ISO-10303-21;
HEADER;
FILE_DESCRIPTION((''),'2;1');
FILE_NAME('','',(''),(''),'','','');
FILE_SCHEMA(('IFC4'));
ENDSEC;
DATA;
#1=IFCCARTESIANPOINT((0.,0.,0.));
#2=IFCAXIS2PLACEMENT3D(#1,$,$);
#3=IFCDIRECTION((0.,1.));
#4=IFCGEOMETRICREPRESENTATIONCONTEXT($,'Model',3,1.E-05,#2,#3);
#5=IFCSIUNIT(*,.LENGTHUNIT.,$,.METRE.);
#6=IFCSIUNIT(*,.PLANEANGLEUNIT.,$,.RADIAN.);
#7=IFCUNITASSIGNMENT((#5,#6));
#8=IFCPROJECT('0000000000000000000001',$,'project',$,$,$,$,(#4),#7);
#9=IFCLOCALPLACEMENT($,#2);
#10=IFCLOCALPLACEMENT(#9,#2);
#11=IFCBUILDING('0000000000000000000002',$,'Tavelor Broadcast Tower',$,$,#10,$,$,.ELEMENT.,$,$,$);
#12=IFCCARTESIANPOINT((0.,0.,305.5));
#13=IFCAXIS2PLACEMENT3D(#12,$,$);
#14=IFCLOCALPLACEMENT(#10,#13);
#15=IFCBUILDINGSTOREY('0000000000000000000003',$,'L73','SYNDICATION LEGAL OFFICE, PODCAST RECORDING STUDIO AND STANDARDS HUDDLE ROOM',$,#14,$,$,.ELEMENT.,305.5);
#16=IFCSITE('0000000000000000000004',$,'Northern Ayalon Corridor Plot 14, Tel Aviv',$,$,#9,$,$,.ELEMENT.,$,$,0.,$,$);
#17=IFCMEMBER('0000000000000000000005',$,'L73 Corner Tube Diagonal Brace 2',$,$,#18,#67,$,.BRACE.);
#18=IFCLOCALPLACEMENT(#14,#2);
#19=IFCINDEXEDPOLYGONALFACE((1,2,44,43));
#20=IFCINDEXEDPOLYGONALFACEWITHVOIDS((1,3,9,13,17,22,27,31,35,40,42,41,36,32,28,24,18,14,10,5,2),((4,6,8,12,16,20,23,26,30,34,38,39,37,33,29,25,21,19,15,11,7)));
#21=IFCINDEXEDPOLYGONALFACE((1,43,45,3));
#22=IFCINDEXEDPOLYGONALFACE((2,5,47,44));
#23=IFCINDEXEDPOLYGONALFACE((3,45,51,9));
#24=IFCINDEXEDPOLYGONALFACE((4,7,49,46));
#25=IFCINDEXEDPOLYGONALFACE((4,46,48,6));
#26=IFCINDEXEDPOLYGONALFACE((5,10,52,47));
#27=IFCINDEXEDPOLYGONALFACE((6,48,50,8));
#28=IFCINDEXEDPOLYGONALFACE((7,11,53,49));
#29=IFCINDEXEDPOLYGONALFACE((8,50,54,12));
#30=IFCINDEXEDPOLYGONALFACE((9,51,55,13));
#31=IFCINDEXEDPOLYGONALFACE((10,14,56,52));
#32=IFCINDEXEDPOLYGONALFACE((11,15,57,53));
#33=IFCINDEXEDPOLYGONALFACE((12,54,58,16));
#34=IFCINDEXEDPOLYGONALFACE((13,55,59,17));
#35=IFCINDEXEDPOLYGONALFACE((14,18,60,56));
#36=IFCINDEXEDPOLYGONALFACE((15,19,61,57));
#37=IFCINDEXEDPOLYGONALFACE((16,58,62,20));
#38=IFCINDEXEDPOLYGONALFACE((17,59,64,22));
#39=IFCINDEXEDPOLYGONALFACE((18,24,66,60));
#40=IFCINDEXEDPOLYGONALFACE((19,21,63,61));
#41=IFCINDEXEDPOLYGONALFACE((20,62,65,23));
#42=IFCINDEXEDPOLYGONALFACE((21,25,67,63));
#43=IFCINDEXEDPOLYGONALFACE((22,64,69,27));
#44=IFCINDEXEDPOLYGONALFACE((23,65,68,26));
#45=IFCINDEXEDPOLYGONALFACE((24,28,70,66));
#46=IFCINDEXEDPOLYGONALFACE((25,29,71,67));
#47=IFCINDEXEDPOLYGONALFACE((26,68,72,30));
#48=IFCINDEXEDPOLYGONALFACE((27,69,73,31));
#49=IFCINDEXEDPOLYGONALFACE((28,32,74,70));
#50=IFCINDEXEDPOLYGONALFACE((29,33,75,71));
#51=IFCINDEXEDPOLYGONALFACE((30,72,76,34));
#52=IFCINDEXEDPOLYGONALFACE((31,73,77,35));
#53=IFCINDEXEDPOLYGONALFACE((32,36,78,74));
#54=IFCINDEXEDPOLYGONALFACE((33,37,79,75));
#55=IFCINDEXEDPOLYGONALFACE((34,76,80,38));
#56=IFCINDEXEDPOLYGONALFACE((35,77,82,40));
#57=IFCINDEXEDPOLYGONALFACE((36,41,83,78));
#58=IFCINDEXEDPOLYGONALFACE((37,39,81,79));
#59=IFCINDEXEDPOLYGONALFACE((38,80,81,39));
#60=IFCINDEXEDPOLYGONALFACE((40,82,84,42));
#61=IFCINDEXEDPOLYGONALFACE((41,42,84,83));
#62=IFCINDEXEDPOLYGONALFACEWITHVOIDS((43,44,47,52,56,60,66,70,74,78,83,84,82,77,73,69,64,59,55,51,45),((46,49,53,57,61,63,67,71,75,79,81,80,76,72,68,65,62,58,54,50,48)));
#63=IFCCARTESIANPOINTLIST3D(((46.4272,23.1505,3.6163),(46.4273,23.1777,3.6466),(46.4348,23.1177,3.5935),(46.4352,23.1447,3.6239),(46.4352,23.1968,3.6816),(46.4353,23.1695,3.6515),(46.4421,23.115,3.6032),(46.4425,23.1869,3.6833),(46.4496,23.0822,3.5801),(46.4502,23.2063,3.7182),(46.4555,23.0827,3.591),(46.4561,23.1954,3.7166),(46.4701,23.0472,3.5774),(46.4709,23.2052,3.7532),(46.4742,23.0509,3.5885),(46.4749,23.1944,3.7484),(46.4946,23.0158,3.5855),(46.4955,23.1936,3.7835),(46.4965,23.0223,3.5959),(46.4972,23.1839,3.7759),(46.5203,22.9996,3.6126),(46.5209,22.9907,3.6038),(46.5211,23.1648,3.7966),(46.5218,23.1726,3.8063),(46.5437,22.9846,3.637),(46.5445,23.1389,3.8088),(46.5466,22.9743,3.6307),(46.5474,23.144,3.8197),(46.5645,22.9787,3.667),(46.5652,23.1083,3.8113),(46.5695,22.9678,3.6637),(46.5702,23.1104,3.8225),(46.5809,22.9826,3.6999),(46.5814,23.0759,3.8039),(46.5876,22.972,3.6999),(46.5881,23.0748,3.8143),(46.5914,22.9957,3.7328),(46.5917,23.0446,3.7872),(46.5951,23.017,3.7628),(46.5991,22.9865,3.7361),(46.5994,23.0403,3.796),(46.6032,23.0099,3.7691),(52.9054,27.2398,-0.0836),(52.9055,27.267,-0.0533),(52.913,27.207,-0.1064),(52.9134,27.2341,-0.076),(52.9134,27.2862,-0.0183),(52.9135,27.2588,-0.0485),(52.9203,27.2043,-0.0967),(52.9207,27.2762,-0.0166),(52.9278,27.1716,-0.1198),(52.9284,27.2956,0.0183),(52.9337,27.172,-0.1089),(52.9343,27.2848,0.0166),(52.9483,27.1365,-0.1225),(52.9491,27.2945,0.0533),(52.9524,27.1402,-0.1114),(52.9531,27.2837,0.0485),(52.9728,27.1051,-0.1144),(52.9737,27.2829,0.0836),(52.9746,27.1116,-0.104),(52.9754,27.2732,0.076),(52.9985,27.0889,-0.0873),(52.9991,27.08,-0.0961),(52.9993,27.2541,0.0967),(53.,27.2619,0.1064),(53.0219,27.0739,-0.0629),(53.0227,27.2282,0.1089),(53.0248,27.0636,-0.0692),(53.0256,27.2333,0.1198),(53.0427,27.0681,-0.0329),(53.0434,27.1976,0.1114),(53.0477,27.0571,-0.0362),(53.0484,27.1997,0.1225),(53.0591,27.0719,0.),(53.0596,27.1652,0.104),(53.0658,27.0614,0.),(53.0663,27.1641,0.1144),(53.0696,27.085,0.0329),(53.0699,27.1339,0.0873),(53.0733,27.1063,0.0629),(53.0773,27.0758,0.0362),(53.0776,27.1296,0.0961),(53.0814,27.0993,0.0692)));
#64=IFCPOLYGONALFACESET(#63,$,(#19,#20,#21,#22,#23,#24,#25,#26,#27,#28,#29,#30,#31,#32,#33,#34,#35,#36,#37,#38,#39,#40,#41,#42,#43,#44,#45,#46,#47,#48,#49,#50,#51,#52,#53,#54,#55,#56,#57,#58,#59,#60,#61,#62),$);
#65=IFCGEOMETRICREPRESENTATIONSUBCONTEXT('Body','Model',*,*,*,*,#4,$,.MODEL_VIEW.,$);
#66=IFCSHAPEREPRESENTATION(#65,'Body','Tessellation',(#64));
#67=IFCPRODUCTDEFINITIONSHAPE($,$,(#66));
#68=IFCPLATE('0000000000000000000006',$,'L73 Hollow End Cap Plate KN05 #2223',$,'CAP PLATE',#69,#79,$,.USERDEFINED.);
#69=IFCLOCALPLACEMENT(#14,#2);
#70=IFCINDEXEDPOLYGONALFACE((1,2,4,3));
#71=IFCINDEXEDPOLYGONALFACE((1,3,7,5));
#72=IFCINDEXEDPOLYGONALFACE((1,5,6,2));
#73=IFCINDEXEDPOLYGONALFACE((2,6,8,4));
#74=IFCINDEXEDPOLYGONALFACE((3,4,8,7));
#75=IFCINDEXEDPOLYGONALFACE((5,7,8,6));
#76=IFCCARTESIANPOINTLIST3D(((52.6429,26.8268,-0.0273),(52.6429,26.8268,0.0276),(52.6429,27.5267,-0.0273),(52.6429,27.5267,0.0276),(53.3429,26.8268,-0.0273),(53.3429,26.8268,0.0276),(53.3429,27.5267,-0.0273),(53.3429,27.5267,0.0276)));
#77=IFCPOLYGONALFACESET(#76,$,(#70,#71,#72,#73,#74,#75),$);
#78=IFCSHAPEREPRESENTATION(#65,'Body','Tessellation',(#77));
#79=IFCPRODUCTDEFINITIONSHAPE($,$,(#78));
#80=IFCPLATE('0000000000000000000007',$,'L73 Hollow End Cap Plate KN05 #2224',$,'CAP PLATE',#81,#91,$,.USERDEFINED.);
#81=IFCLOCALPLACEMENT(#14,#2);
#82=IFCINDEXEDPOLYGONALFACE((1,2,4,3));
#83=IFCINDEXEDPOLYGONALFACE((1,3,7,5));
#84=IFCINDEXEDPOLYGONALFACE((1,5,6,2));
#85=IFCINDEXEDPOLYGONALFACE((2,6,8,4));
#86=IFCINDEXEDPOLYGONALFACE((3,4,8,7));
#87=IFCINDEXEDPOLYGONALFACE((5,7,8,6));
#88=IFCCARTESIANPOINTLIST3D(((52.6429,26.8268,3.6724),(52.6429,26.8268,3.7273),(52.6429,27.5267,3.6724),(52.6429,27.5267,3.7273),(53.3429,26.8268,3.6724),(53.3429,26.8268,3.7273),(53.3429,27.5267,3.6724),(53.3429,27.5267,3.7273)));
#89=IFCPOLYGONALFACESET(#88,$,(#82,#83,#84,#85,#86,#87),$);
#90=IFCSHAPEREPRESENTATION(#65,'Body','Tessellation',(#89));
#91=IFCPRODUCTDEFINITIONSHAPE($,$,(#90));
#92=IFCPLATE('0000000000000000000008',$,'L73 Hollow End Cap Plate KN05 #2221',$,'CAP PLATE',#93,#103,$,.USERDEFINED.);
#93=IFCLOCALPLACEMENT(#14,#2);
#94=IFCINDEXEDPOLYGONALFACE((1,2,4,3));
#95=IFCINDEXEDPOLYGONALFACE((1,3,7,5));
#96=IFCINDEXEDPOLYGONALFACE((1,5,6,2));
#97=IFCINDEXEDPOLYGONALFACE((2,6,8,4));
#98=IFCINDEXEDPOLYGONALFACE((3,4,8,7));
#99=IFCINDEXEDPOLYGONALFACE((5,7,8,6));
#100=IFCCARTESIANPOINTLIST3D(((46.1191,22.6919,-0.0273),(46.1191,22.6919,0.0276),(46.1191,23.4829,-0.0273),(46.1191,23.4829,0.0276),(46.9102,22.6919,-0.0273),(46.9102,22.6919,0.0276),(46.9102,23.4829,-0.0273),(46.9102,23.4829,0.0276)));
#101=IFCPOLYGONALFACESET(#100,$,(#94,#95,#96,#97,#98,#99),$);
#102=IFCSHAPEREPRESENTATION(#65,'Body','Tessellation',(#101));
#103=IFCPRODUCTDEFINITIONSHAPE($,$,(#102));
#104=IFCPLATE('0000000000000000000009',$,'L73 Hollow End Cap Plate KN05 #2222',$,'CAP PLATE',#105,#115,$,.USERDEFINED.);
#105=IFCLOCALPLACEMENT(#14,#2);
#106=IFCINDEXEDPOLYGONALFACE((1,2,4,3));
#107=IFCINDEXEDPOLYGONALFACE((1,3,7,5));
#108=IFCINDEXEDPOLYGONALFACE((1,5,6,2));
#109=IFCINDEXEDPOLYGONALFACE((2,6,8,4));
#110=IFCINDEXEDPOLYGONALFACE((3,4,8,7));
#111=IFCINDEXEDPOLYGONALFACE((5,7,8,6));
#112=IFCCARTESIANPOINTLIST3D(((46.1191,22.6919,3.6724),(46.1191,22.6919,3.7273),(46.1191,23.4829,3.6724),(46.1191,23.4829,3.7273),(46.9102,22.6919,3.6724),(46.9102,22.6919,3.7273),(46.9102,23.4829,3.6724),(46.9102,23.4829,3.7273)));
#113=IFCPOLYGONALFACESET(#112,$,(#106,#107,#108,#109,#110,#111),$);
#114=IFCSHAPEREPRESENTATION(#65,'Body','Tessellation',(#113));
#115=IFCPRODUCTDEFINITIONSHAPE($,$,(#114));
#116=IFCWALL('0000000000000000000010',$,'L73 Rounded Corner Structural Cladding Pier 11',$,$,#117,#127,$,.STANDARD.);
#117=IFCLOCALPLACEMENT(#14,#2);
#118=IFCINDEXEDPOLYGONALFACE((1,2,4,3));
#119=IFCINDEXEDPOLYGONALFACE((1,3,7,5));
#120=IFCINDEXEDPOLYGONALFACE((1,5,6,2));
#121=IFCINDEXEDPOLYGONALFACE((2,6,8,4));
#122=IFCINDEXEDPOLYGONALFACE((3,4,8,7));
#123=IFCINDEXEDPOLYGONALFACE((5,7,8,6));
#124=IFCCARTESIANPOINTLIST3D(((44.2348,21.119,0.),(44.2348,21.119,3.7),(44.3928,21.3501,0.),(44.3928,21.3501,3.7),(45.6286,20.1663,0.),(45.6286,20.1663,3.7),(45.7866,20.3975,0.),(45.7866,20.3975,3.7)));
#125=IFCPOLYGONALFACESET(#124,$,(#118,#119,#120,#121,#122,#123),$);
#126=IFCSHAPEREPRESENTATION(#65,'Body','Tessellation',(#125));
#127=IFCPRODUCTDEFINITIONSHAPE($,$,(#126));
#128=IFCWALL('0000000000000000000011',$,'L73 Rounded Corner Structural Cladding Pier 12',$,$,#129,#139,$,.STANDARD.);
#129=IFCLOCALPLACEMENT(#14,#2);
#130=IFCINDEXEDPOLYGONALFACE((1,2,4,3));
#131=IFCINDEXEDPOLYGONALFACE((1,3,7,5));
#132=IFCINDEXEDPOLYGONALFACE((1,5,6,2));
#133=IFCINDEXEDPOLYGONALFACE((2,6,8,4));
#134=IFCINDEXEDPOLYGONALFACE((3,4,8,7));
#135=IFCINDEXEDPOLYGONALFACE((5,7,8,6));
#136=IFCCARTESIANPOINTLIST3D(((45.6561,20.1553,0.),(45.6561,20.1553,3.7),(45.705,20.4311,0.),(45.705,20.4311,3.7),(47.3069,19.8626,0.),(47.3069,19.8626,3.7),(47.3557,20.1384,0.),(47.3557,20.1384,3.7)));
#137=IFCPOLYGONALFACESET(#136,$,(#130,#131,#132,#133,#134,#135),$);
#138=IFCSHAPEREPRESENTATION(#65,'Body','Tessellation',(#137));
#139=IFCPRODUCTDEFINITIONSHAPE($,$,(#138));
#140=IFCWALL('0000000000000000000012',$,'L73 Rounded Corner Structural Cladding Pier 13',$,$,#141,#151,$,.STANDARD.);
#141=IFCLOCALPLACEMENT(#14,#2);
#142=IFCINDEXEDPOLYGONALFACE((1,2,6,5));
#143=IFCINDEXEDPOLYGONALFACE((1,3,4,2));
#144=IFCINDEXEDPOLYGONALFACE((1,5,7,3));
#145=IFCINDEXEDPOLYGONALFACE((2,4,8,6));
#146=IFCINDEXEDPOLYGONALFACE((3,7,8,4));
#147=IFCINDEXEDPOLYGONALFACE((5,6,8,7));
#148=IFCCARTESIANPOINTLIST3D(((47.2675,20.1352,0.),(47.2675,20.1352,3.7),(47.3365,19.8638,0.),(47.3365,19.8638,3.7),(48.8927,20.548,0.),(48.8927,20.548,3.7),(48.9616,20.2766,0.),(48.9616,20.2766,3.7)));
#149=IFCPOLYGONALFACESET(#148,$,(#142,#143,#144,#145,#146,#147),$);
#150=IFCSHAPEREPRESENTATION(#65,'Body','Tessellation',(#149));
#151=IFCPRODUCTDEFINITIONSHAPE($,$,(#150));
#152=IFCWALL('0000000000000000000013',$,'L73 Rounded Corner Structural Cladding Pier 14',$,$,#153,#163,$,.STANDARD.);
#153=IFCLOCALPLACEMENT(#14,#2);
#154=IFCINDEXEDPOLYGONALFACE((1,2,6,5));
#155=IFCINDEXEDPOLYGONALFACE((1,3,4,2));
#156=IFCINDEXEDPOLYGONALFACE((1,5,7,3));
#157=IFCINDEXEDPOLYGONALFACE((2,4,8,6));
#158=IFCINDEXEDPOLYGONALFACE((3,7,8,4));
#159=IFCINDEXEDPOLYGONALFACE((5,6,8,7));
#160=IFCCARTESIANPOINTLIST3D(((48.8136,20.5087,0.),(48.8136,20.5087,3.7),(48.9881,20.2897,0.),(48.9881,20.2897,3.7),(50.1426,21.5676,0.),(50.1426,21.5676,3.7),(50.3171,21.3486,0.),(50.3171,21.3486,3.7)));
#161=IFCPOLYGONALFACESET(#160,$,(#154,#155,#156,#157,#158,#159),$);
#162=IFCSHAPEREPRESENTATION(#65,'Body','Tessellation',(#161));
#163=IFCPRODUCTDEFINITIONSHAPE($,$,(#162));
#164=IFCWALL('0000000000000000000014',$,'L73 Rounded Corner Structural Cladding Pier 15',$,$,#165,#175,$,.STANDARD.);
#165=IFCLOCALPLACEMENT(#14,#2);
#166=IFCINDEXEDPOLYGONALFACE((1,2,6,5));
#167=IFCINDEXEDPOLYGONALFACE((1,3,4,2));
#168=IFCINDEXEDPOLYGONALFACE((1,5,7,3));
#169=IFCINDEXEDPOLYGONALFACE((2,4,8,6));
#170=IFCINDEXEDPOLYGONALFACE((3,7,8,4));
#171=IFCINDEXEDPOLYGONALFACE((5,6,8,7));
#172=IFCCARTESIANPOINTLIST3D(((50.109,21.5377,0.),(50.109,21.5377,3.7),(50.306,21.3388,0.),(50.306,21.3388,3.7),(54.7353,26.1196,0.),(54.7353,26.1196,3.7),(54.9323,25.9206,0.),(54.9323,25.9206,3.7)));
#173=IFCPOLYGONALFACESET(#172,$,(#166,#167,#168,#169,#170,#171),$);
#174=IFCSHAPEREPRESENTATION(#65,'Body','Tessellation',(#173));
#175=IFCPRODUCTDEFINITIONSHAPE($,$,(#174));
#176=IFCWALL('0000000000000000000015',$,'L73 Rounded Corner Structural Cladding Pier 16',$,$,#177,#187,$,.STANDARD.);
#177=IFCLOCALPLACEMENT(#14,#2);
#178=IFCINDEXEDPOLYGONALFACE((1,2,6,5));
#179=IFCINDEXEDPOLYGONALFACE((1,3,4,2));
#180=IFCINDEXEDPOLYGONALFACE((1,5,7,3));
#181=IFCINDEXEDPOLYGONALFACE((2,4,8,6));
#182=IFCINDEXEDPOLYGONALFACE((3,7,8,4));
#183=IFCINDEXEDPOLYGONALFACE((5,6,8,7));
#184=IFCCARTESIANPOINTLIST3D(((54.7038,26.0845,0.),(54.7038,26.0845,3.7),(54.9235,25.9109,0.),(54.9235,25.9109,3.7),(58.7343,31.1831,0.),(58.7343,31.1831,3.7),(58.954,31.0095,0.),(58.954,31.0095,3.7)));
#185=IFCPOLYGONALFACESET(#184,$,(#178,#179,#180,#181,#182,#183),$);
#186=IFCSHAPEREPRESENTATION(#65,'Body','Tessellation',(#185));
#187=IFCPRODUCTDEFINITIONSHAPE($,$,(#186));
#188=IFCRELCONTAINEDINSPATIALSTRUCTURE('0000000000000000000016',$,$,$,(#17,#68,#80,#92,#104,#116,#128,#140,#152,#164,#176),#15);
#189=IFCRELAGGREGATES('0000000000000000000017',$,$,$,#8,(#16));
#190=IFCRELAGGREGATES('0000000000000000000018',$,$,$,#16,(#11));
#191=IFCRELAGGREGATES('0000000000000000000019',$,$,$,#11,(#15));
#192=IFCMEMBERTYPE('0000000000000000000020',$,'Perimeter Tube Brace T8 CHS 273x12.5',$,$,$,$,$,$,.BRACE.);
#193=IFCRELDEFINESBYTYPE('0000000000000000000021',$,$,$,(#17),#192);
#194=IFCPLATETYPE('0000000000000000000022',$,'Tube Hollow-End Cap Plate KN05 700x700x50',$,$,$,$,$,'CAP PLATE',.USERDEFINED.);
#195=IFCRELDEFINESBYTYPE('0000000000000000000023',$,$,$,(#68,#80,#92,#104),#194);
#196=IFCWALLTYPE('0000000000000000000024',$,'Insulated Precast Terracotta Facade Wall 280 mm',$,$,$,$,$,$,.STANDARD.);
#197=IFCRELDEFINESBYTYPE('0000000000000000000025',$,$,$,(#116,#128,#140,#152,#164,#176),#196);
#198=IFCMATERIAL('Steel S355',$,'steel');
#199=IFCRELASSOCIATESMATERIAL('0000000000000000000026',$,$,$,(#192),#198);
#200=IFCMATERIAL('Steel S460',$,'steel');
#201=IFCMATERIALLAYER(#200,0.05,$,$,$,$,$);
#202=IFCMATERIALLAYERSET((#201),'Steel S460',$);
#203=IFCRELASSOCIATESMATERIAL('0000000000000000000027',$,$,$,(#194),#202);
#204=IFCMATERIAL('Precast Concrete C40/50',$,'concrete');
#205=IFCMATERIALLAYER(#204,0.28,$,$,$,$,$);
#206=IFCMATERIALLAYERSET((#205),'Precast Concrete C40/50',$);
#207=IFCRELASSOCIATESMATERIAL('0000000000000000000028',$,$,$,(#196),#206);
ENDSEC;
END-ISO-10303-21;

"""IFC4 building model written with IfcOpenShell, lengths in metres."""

from ifc_helpers import new_model, si_unit, direction, frame, frame_2d, origin, origin_2d, place, context, subcontext, project, spatial, rectangle, hollow_circle, extrude, source, transform, mapped, material, layer, layer_set, material_profile, profile_set, type_object, type_shapes, element, save


model = new_model("IFC4")

# Units and contexts
model_context = context("Model", 3, precision=1e-05, world=origin(), true_north=direction((0.0, 1.0)))
body_context = subcontext(model_context, "Body", "Model", "MODEL_VIEW")
ifc_project = project(units=[si_unit("LENGTHUNIT", "METRE"), si_unit("PLANEANGLEUNIT", "RADIAN")], contexts=[model_context])

# Site, building, storey
site_placement = place(None, origin())
site = spatial("IfcSite", under=ifc_project, at=site_placement, Name="Northern Ayalon Corridor Plot 14, Tel Aviv", CompositionType="ELEMENT", RefElevation=0.0)
building_placement = place(site_placement, origin())
building = spatial("IfcBuilding", under=site, at=building_placement, Name="Tavelor Broadcast Tower", CompositionType="ELEMENT")
storey_placement = place(building_placement, frame((0.0, 0.0, 305.5)))
storey = spatial("IfcBuildingStorey", under=building, at=storey_placement, Name="L73", Description="SYNDICATION LEGAL OFFICE, PODCAST RECORDING STUDIO AND STANDARDS HUDDLE ROOM", CompositionType="ELEMENT", Elevation=305.5)

# Shared definitions
ifc_material_1 = material(Name="Steel S460", Category="steel")

# Shared definitions
ifc_material_2 = material(Name="Steel S355", Category="steel")

# Member
ifc_material_profile_1 = material_profile(ifc_material_2, hollow_circle(Radius=0.1365, WallThickness=0.0125, at=origin_2d()), Name="CHS 273x12.5")
ifc_profile_set_1 = profile_set([ifc_material_profile_1], Name="Steel S355")
member_type = type_object("IfcMemberType", Name="Perimeter Tube Brace T8 CHS 273x12.5", PredefinedType="BRACE", material=ifc_profile_set_1)
member_placement = place(storey_placement, frame((52.9929, 27.1768, 0.0), z_axis=(-0.761462, -0.480667, 0.434896), x_axis=(0.533789, -0.845618, 0.0)))
element("IfcMember", 1, at=member_placement, inside=storey, type_object=member_type, Name="L73 Corner Tube Diagonal Brace 2", PredefinedType="BRACE", context=body_context, shape_type="SweptSolid", body=[
    extrude(hollow_circle(Radius=0.1365, WallThickness=0.0125, at=origin_2d()), origin(), (0.0, 0.0, 1.0), 8.5076),
])

# Plates
ifc_layer_1 = layer(ifc_material_1, 0.05)
ifc_layer_set_1 = layer_set([ifc_layer_1], Name="Steel S460")
plate_type = type_object("IfcPlateType", Name="Tube Hollow-End Cap Plate KN05 700x700x50", ElementType="CAP PLATE", PredefinedType="USERDEFINED", material=ifc_layer_set_1)
shared_shape_1 = source(origin(), body_context, "Body", "SweptSolid", [
    extrude(rectangle(XDim=0.7, YDim=0.7, at=origin_2d()), origin(), (0.0, 0.0, 1.0), 0.0549),
])
for number, where, z_axis, x_axis, name in (
    (2, (52.9929, 27.1768, -0.0273), (0.0, 0.0, 1.0), (1.0, 0.0, 0.0), "L73 Hollow End Cap Plate KN05 #2223"),
    (3, (52.9929, 27.1768, 3.6724), (0.0, 0.0, 1.0), (1.0, 0.0, 0.0), "L73 Hollow End Cap Plate KN05 #2224"),
):
    element("IfcPlate", number, at=place(storey_placement, frame(where, z_axis=z_axis, x_axis=x_axis)), inside=storey, type_object=plate_type, Name=name, ObjectType="CAP PLATE", PredefinedType="USERDEFINED", context=body_context, shape_type="MappedRepresentation", body=[
        mapped(shared_shape_1, transform((0.0, 0.0, 0.0), scale=1.0)),
    ])
shared_shape_2 = source(origin(), body_context, "Body", "SweptSolid", [
    extrude(rectangle(XDim=0.791, YDim=0.791, at=origin_2d()), origin(), (0.0, 0.0, 1.0), 0.0549),
])
type_shapes(plate_type, [shared_shape_1, shared_shape_2])
for number, where, z_axis, x_axis, name in (
    (4, (46.5146, 23.0874, -0.0273), (0.0, 0.0, 1.0), (1.0, 0.0, 0.0), "L73 Hollow End Cap Plate KN05 #2221"),
    (5, (46.5146, 23.0874, 3.6724), (0.0, 0.0, 1.0), (1.0, 0.0, 0.0), "L73 Hollow End Cap Plate KN05 #2222"),
):
    element("IfcPlate", number, at=place(storey_placement, frame(where, z_axis=z_axis, x_axis=x_axis)), inside=storey, type_object=plate_type, Name=name, ObjectType="CAP PLATE", PredefinedType="USERDEFINED", context=body_context, shape_type="MappedRepresentation", body=[
        mapped(shared_shape_2, transform((0.0, 0.0, 0.0), scale=1.0)),
    ])

# Walls
ifc_material_3 = material(Name="Precast Concrete C40/50", Category="concrete")
ifc_layer_2 = layer(ifc_material_3, 0.28)
ifc_layer_set_2 = layer_set([ifc_layer_2], Name="Precast Concrete C40/50")
wall_type_1 = type_object("IfcWallType", Name="Insulated Precast Terracotta Facade Wall 280 mm", PredefinedType="STANDARD", material=ifc_layer_set_2)
wall_1_placement = place(storey_placement, frame((44.3137, 21.2346, 0.0), z_axis=(0.0, 0.0, 1.0), x_axis=(0.825587, -0.564274, 0.0)))
element("IfcWall", 6, at=wall_1_placement, inside=storey, type_object=wall_type_1, Name="L73 Rounded Corner Structural Cladding Pier 11", PredefinedType="STANDARD", context=body_context, shape_type="SweptSolid", body=[
    extrude(rectangle(XDim=1.6882, YDim=0.28, at=frame_2d((0.8442, 0.0))), origin(), (0.0, 0.0, 1.0), 3.7),
])
wall_2_placement = place(storey_placement, frame((45.6804, 20.2932, 0.0), z_axis=(0.0, 0.0, 1.0), x_axis=(0.984641, -0.174591, 0.0)))
element("IfcWall", 7, at=wall_2_placement, inside=storey, type_object=wall_type_1, Name="L73 Rounded Corner Structural Cladding Pier 12", PredefinedType="STANDARD", context=body_context, shape_type="SweptSolid", body=[
    extrude(rectangle(XDim=1.6765, YDim=0.28, at=frame_2d((0.8384, 0.0))), origin(), (0.0, 0.0, 1.0), 3.7),
])
wall_3_placement = place(storey_placement, frame((47.302, 19.9995, 0.0), z_axis=(0.0, 0.0, 1.0), x_axis=(0.969219, 0.246199, 0.0)))
element("IfcWall", 8, at=wall_3_placement, inside=storey, type_object=wall_type_1, Name="L73 Rounded Corner Structural Cladding Pier 13", PredefinedType="STANDARD", context=body_context, shape_type="SweptSolid", body=[
    extrude(rectangle(XDim=1.6768, YDim=0.28, at=frame_2d((0.8384, 0.0))), origin(), (0.0, 0.0, 1.0), 3.7),
])
wall_4_placement = place(storey_placement, frame((48.9009, 20.3992, 0.0), z_axis=(0.0, 0.0, 1.0), x_axis=(0.782087, 0.623169, 0.0)))
element("IfcWall", 9, at=wall_4_placement, inside=storey, type_object=wall_type_1, Name="L73 Rounded Corner Structural Cladding Pier 14", PredefinedType="STANDARD", context=body_context, shape_type="SweptSolid", body=[
    extrude(rectangle(XDim=1.6992, YDim=0.28, at=frame_2d((0.8496, 0.0))), origin(), (0.0, 0.0, 1.0), 3.7),
])
wall_5_placement = place(storey_placement, frame((50.2075, 21.4382, 0.0), z_axis=(0.0, 0.0, 1.0), x_axis=(0.710511, 0.703686, 0.0)))
element("IfcWall", 10, at=wall_5_placement, inside=storey, type_object=wall_type_1, Name="L73 Rounded Corner Structural Cladding Pier 15", PredefinedType="STANDARD", context=body_context, shape_type="SweptSolid", body=[
    extrude(rectangle(XDim=6.5112, YDim=0.28, at=frame_2d((3.2556, 0.0))), origin(), (0.0, 0.0, 1.0), 3.7),
])
wall_6_placement = place(storey_placement, frame((54.8137, 25.9978, 0.0), z_axis=(0.0, 0.0, 1.0), x_axis=(0.620145, 0.784487, 0.0)))
element("IfcWall", 11, at=wall_6_placement, inside=storey, type_object=wall_type_1, Name="L73 Rounded Corner Structural Cladding Pier 16", PredefinedType="STANDARD", context=body_context, shape_type="SweptSolid", body=[
    extrude(rectangle(XDim=6.4993, YDim=0.28, at=frame_2d((3.2495, 0.0))), origin(), (0.0, 0.0, 1.0), 3.7),
])

save(model, "model.ifc")
